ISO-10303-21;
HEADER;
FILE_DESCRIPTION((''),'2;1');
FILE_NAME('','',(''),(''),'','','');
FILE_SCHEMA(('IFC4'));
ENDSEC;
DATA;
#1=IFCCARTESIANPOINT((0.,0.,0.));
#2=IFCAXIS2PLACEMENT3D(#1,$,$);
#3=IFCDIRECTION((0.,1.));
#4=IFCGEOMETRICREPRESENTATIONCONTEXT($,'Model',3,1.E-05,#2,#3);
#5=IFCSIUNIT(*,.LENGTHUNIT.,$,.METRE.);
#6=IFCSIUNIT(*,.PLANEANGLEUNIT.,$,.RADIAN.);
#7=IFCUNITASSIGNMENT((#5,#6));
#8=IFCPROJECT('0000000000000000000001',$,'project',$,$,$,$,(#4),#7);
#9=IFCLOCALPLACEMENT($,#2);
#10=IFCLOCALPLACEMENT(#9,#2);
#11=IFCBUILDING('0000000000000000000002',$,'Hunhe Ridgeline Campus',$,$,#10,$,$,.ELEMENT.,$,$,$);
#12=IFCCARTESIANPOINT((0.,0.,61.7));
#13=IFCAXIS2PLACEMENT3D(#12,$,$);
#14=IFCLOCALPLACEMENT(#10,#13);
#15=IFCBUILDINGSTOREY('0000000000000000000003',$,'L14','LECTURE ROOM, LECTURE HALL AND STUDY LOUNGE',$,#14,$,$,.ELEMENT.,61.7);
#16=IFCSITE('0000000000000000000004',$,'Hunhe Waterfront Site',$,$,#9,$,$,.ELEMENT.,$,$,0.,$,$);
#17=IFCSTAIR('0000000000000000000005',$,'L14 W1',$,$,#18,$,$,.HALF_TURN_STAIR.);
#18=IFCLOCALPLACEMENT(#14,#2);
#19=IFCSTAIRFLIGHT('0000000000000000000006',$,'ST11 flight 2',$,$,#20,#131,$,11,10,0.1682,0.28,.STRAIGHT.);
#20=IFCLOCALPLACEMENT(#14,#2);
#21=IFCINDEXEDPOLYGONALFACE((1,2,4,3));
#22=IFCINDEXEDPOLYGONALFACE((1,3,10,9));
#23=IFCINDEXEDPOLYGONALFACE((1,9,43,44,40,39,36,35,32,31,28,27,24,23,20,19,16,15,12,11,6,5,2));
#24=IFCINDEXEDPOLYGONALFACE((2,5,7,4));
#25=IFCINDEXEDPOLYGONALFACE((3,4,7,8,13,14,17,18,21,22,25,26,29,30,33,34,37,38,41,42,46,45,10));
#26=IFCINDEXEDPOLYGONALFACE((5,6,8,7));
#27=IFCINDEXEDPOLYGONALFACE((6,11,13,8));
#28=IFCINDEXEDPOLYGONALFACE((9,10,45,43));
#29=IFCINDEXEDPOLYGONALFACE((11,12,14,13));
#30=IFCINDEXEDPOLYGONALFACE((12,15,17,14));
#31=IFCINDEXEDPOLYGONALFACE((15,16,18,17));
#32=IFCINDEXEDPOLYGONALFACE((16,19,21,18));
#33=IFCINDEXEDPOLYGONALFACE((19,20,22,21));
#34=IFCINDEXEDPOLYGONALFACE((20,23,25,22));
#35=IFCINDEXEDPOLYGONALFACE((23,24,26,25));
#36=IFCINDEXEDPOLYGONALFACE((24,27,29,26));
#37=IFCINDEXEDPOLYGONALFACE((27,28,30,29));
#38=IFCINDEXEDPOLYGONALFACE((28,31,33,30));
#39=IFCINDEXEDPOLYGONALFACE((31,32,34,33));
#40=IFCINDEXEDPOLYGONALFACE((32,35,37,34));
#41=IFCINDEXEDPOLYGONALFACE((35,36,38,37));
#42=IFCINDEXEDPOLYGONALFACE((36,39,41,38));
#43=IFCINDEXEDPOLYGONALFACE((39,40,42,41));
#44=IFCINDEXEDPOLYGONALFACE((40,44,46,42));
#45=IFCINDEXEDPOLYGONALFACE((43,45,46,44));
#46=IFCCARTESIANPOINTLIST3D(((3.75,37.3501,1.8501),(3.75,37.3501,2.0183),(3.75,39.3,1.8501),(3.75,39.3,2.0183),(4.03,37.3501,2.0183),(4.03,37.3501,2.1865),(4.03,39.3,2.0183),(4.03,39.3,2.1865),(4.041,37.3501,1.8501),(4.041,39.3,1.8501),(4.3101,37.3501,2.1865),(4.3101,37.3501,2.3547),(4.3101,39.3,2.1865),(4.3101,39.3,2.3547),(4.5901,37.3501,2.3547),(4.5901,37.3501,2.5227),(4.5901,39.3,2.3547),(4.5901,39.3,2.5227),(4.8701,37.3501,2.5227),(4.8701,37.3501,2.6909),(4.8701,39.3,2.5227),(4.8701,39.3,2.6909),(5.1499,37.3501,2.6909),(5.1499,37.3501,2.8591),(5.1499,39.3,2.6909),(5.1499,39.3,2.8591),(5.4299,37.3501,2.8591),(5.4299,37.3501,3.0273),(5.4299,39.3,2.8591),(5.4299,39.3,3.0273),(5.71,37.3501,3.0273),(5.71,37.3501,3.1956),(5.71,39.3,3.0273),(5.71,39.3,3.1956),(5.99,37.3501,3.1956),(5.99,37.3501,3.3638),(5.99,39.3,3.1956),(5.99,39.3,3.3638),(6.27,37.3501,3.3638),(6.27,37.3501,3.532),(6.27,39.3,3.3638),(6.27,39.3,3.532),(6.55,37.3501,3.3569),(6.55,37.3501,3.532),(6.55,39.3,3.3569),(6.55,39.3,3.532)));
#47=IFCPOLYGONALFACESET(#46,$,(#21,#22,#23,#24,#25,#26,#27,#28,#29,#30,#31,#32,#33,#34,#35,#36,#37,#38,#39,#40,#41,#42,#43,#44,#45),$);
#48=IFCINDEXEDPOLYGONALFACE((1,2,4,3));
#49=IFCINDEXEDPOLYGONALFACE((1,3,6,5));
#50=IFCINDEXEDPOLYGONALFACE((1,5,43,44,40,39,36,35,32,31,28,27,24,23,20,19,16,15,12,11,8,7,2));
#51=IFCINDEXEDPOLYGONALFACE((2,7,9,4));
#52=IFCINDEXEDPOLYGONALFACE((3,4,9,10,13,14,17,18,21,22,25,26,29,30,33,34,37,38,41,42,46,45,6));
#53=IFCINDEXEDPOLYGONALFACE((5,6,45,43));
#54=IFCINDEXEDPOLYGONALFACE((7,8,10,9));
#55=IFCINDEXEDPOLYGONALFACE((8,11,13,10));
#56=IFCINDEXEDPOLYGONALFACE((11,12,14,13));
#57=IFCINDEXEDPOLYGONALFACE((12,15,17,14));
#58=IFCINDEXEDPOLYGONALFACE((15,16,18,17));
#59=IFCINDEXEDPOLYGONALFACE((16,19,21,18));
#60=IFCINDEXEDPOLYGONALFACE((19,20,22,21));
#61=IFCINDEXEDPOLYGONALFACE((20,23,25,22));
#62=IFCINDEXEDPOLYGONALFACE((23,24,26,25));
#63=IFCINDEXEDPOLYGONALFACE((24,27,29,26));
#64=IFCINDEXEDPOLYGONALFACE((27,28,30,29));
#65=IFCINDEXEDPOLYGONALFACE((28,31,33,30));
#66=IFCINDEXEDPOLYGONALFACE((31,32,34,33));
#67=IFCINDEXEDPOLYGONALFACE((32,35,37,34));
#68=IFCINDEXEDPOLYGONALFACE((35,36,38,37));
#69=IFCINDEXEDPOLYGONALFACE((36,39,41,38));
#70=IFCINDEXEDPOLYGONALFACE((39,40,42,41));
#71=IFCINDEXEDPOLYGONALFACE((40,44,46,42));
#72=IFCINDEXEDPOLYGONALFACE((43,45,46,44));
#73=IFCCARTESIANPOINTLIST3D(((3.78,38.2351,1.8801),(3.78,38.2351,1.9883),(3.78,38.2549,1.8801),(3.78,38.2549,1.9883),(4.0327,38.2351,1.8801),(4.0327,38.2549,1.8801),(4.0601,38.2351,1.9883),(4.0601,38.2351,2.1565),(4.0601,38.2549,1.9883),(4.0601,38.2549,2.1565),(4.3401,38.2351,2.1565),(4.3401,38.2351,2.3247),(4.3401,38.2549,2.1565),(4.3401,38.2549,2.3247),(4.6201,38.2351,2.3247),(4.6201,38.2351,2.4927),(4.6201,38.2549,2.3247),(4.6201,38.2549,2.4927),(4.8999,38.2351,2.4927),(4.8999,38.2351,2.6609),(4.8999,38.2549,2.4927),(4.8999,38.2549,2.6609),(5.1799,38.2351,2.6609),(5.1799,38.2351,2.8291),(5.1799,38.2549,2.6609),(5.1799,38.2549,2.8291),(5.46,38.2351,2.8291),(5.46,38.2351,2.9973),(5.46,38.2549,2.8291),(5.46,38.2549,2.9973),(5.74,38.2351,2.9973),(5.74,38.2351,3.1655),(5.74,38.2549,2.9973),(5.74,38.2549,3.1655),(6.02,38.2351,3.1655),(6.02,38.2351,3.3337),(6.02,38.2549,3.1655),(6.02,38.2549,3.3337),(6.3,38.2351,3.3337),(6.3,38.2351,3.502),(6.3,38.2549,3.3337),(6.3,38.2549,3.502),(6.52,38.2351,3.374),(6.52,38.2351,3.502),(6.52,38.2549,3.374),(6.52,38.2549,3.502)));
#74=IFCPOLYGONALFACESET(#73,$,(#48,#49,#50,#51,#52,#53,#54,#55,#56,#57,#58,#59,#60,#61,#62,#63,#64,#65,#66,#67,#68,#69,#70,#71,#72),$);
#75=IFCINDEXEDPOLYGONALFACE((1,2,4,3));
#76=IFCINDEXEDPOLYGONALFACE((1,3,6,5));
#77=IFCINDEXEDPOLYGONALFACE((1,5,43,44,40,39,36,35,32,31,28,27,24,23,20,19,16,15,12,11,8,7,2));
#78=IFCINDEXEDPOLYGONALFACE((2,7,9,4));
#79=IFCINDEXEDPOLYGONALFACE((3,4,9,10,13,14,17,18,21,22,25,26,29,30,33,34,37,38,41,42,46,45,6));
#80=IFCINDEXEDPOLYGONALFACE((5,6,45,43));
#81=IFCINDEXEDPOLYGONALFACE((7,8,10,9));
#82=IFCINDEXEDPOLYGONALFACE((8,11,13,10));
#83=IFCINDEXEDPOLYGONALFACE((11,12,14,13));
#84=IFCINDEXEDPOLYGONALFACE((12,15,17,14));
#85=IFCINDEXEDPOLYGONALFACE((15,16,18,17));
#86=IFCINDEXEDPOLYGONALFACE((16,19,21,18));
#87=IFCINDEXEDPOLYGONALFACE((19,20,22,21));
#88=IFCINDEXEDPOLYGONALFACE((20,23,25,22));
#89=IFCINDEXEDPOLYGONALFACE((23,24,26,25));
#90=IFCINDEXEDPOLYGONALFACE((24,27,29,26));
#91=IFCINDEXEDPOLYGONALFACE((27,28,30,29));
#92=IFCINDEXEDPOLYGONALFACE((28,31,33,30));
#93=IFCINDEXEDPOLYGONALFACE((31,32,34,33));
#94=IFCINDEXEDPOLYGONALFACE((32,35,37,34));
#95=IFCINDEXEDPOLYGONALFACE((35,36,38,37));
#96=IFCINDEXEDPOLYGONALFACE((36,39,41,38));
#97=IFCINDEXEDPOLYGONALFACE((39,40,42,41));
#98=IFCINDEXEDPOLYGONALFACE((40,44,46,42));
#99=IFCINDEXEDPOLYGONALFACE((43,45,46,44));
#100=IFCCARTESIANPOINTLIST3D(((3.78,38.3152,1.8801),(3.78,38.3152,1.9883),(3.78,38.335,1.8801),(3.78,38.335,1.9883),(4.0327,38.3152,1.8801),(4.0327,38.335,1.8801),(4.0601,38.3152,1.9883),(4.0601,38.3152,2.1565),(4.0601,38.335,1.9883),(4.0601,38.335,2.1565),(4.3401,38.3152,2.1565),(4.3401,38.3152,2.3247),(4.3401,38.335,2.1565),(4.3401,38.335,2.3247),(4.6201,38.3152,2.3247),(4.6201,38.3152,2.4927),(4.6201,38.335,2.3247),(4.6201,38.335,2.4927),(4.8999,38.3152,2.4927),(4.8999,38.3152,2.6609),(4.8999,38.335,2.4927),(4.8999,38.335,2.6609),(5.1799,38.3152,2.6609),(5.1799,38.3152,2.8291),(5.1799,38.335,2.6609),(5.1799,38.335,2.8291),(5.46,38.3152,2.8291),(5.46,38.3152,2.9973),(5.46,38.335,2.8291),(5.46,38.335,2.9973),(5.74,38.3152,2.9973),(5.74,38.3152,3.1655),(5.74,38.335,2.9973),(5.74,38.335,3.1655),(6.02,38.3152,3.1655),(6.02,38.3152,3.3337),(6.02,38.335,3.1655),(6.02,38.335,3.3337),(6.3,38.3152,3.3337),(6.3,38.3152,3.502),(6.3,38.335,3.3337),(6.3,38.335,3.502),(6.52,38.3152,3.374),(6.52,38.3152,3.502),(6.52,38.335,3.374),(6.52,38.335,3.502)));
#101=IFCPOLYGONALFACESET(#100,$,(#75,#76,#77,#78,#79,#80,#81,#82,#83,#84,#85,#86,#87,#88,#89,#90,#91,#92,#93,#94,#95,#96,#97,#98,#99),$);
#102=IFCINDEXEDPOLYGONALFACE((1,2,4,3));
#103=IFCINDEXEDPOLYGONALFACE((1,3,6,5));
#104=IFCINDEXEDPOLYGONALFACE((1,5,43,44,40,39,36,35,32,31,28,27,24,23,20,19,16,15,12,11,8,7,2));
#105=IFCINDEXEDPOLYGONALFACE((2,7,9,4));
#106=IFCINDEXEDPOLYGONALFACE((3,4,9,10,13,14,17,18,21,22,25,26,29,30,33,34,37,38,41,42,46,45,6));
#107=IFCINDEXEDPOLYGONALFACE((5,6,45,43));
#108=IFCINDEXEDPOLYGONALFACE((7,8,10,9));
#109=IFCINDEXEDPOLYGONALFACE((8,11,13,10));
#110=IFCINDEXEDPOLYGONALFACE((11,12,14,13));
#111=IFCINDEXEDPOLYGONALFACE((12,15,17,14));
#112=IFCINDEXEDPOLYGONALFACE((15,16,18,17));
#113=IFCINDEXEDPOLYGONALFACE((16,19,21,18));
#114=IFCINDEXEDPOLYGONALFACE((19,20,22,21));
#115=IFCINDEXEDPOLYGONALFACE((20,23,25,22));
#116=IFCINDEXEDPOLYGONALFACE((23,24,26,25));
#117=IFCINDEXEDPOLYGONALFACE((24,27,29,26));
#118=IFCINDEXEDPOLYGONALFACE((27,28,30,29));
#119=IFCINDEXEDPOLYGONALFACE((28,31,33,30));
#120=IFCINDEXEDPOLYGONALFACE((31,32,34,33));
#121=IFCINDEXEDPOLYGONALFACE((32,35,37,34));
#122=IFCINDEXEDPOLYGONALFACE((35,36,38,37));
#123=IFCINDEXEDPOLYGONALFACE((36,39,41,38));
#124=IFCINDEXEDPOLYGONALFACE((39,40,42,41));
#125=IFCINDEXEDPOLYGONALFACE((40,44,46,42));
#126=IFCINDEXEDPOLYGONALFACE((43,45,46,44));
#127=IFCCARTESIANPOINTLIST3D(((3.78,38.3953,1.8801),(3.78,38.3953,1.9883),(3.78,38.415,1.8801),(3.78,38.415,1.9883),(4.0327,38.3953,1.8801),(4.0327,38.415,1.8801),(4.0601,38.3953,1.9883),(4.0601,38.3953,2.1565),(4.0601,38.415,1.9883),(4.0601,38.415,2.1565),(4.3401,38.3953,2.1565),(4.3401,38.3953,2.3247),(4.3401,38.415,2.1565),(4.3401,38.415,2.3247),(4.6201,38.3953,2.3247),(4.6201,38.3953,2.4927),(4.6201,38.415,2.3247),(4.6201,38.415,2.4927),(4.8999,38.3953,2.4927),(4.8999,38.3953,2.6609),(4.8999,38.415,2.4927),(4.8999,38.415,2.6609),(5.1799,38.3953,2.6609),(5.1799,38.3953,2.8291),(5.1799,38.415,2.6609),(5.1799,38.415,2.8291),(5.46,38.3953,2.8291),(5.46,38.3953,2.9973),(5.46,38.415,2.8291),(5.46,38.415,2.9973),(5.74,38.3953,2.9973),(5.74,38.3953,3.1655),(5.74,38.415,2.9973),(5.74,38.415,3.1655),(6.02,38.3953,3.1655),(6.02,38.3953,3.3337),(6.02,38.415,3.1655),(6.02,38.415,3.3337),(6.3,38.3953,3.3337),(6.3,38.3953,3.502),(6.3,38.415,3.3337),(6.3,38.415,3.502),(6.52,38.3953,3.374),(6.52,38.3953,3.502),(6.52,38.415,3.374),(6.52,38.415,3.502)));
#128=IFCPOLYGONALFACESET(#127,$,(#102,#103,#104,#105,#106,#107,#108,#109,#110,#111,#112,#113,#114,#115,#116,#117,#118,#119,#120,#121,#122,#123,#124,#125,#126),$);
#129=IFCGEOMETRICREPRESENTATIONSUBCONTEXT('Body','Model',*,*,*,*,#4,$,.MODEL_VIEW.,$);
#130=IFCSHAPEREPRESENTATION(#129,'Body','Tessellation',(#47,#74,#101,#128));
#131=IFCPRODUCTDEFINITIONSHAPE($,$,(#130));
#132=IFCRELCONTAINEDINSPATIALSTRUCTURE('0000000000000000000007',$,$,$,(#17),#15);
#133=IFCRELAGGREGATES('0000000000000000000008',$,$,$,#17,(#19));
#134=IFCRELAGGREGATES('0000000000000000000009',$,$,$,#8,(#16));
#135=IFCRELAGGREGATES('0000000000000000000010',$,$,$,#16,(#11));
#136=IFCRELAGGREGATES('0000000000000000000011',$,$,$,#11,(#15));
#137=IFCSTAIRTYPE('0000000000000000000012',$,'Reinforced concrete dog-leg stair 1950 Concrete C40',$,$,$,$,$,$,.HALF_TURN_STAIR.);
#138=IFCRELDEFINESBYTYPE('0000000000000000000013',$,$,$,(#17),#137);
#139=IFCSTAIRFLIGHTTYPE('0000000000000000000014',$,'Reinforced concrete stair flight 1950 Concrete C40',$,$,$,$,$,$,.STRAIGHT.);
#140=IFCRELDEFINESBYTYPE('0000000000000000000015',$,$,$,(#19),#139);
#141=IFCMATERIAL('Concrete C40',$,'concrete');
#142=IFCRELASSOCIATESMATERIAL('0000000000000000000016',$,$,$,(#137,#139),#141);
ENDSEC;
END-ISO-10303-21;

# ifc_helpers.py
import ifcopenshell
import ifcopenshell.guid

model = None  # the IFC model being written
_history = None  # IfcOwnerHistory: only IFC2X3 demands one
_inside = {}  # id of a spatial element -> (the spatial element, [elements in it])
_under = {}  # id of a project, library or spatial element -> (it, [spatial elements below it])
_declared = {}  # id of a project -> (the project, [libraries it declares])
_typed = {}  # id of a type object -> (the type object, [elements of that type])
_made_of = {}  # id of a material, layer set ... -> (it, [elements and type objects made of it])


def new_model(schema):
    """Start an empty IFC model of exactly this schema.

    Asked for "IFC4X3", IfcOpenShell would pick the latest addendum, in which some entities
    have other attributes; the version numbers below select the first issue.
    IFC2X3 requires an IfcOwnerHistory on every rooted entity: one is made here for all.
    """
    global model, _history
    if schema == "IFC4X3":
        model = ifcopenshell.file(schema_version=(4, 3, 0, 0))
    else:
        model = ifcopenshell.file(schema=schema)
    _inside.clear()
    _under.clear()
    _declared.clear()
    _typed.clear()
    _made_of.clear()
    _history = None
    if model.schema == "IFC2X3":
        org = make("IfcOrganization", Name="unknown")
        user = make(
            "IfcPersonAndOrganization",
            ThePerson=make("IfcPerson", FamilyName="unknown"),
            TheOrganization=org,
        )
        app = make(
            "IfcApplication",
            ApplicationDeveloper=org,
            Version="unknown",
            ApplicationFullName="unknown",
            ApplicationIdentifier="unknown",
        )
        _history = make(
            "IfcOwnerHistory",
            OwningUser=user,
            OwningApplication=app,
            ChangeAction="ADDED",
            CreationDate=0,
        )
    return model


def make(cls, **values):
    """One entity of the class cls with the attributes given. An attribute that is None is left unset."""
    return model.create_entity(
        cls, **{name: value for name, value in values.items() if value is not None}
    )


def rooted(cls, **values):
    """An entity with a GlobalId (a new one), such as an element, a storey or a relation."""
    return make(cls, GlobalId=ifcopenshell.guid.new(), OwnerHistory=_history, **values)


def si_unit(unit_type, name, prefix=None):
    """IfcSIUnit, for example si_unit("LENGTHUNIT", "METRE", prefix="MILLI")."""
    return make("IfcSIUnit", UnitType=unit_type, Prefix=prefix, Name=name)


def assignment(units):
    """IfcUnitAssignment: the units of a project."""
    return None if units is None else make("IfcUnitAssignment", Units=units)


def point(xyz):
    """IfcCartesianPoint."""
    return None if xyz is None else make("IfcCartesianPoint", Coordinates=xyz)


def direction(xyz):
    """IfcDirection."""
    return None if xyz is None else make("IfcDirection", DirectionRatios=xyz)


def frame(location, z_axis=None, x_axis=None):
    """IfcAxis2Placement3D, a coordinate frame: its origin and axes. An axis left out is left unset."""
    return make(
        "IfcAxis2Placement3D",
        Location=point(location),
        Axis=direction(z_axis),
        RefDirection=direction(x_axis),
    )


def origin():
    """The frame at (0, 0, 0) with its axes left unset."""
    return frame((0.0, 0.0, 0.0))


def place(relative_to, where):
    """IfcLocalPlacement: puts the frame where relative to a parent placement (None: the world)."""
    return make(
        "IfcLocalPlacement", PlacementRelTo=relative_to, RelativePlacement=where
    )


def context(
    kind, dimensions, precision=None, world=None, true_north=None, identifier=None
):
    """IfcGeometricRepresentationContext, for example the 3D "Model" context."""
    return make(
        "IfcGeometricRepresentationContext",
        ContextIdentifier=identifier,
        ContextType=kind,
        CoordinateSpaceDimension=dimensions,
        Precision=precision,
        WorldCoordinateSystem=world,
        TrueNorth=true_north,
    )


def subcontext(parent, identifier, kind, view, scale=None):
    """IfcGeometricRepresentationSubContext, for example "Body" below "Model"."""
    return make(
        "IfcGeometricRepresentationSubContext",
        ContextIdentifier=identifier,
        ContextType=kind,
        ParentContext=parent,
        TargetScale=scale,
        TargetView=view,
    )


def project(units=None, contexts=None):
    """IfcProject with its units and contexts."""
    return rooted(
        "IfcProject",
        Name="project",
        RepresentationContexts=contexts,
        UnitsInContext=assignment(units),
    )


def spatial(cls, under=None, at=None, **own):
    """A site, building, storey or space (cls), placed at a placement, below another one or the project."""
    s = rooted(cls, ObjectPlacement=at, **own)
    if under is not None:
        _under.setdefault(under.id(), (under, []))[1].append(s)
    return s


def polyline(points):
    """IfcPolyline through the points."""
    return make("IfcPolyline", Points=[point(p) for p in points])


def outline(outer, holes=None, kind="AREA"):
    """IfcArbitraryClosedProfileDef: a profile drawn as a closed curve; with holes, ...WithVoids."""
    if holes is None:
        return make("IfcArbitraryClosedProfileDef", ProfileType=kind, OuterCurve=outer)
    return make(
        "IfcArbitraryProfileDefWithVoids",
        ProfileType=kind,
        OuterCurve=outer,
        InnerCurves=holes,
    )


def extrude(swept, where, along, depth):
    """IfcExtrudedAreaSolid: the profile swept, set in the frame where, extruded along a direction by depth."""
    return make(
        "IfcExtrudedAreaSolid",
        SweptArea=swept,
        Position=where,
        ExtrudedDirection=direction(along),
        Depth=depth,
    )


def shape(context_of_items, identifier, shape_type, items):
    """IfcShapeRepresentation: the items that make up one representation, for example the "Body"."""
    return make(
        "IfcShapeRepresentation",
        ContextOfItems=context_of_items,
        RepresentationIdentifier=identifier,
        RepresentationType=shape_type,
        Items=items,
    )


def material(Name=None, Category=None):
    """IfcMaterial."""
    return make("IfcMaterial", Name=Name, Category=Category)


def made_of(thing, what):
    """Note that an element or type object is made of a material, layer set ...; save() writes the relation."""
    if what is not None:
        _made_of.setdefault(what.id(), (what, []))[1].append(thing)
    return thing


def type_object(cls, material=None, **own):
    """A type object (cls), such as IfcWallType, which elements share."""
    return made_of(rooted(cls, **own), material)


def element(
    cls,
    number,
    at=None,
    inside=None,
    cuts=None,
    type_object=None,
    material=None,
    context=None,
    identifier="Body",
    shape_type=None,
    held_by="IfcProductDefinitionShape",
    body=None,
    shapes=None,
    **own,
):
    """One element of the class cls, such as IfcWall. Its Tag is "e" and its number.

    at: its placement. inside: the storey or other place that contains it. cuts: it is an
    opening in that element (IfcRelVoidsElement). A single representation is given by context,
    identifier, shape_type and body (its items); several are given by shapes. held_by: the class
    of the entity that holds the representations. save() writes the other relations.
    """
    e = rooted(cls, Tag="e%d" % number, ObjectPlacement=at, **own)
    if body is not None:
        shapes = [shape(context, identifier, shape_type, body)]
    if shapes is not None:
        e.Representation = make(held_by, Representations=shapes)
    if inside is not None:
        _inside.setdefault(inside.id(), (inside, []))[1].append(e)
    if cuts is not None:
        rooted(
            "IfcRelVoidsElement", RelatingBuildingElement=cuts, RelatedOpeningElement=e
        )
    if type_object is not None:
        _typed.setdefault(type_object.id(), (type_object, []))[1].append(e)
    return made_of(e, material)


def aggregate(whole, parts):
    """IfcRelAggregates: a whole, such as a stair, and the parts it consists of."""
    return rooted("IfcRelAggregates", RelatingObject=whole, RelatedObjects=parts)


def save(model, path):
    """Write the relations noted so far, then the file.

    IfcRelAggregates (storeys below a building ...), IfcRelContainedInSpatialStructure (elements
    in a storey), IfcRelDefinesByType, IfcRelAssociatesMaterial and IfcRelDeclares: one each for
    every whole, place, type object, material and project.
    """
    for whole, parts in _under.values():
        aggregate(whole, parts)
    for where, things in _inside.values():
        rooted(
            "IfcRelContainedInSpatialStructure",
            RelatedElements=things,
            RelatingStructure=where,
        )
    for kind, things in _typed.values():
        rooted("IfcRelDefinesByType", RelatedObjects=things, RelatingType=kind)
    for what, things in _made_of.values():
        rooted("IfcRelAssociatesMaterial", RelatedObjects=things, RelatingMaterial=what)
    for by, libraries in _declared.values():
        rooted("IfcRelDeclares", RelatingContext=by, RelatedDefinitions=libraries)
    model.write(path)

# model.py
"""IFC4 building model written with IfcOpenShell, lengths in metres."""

from ifc_helpers import new_model, si_unit, direction, frame, origin, place, context, subcontext, project, spatial, polyline, outline, extrude, material, type_object, element, aggregate, save


model = new_model("IFC4")

# Units and contexts
model_context = context("Model", 3, precision=1e-05, world=origin(), true_north=direction((0.0, 1.0)))
body_context = subcontext(model_context, "Body", "Model", "MODEL_VIEW")
ifc_project = project(units=[si_unit("LENGTHUNIT", "METRE"), si_unit("PLANEANGLEUNIT", "RADIAN")], contexts=[model_context])

# Site, building, storey
site_placement = place(None, origin())
site = spatial("IfcSite", under=ifc_project, at=site_placement, Name="Hunhe Waterfront Site", CompositionType="ELEMENT", RefElevation=0.0)
building_placement = place(site_placement, origin())
building = spatial("IfcBuilding", under=site, at=building_placement, Name="Hunhe Ridgeline Campus", CompositionType="ELEMENT")
storey_placement = place(building_placement, frame((0.0, 0.0, 61.7)))
storey = spatial("IfcBuildingStorey", under=building, at=storey_placement, Name="L14", Description="LECTURE ROOM, LECTURE HALL AND STUDY LOUNGE", CompositionType="ELEMENT", Elevation=61.7)

# Stair, stair flight
ifc_material_1 = material(Name="Concrete C40", Category="concrete")
stair_type = type_object("IfcStairType", Name="Reinforced concrete dog-leg stair 1950 Concrete C40", PredefinedType="HALF_TURN_STAIR", material=ifc_material_1)
stair_placement = place(storey_placement, origin())
stair = element("IfcStair", 1, at=stair_placement, inside=storey, type_object=stair_type, Name="L14 W1", PredefinedType="HALF_TURN_STAIR")
stair_flight_type = type_object("IfcStairFlightType", Name="Reinforced concrete stair flight 1950 Concrete C40", PredefinedType="STRAIGHT", material=ifc_material_1)
stair_flight_1_placement = place(storey_placement, frame((3.75, 38.325, 1.8501), z_axis=(0.0, 0.0, 1.0), x_axis=(1.0, 0.0, 0.0)))
stair_flight_1 = element("IfcStairFlight", 2, at=stair_flight_1_placement, type_object=stair_flight_type, Name="ST11 flight 2", NumberOfRisers=11, NumberOfTreads=10, PredefinedType="STRAIGHT", RiserHeight=0.1682, TreadLength=0.28, context=body_context, shape_type="SweptSolid", body=[
    extrude(outline(polyline([(0.0, 0.0), (0.0, 0.1682), (0.28, 0.1682), (0.28, 0.3364), (0.5601, 0.3364), (0.5601, 0.5046), (0.8401, 0.5046), (0.8401, 0.6726), (1.1201, 0.6726), (1.1201, 0.8408), (1.3999, 0.8408), (1.3999, 1.009), (1.6799, 1.009), (1.6799, 1.1772), (1.96, 1.1772), (1.96, 1.3455), (2.24, 1.3455), (2.24, 1.5137), (2.52, 1.5137), (2.52, 1.6819), (2.8, 1.6819), (2.8, 1.8501), (2.8, 1.5068), (0.291, 0.0), (0.0, 0.0)])), frame((0.0, 0.9751, 0.0), z_axis=(0.0, -1.0, 0.0), x_axis=(1.0, 0.0, 0.0)), (0.0, 0.0, 1.0), 1.95),
    extrude(outline(polyline([(0.03, 0.03), (0.03, 0.1382), (0.3101, 0.1382), (0.3101, 0.3064), (0.5901, 0.3064), (0.5901, 0.4746), (0.8701, 0.4746), (0.8701, 0.6426), (1.1499, 0.6426), (1.1499, 0.8108), (1.4299, 0.8108), (1.4299, 0.979), (1.71, 0.979), (1.71, 1.1472), (1.99, 1.1472), (1.99, 1.3154), (2.27, 1.3154), (2.27, 1.4836), (2.55, 1.4836), (2.55, 1.6519), (2.77, 1.6519), (2.77, 1.5239), (0.2827, 0.03), (0.03, 0.03)])), frame((0.0, -0.0701, 0.0), z_axis=(0.0, -1.0, 0.0), x_axis=(1.0, 0.0, 0.0)), (0.0, 0.0, 1.0), 0.0198),
    extrude(outline(polyline([(0.03, 0.03), (0.03, 0.1382), (0.3101, 0.1382), (0.3101, 0.3064), (0.5901, 0.3064), (0.5901, 0.4746), (0.8701, 0.4746), (0.8701, 0.6426), (1.1499, 0.6426), (1.1499, 0.8108), (1.4299, 0.8108), (1.4299, 0.979), (1.71, 0.979), (1.71, 1.1472), (1.99, 1.1472), (1.99, 1.3154), (2.27, 1.3154), (2.27, 1.4836), (2.55, 1.4836), (2.55, 1.6519), (2.77, 1.6519), (2.77, 1.5239), (0.2827, 0.03), (0.03, 0.03)])), frame((0.0, 0.01, 0.0), z_axis=(0.0, -1.0, 0.0), x_axis=(1.0, 0.0, 0.0)), (0.0, 0.0, 1.0), 0.0198),
    extrude(outline(polyline([(0.03, 0.03), (0.03, 0.1382), (0.3101, 0.1382), (0.3101, 0.3064), (0.5901, 0.3064), (0.5901, 0.4746), (0.8701, 0.4746), (0.8701, 0.6426), (1.1499, 0.6426), (1.1499, 0.8108), (1.4299, 0.8108), (1.4299, 0.979), (1.71, 0.979), (1.71, 1.1472), (1.99, 1.1472), (1.99, 1.3154), (2.27, 1.3154), (2.27, 1.4836), (2.55, 1.4836), (2.55, 1.6519), (2.77, 1.6519), (2.77, 1.5239), (0.2827, 0.03), (0.03, 0.03)])), frame((0.0, 0.0901, 0.0), z_axis=(0.0, -1.0, 0.0), x_axis=(1.0, 0.0, 0.0)), (0.0, 0.0, 1.0), 0.0198),
])
aggregate(stair, [stair_flight_1])

save(model, "model.ifc")
